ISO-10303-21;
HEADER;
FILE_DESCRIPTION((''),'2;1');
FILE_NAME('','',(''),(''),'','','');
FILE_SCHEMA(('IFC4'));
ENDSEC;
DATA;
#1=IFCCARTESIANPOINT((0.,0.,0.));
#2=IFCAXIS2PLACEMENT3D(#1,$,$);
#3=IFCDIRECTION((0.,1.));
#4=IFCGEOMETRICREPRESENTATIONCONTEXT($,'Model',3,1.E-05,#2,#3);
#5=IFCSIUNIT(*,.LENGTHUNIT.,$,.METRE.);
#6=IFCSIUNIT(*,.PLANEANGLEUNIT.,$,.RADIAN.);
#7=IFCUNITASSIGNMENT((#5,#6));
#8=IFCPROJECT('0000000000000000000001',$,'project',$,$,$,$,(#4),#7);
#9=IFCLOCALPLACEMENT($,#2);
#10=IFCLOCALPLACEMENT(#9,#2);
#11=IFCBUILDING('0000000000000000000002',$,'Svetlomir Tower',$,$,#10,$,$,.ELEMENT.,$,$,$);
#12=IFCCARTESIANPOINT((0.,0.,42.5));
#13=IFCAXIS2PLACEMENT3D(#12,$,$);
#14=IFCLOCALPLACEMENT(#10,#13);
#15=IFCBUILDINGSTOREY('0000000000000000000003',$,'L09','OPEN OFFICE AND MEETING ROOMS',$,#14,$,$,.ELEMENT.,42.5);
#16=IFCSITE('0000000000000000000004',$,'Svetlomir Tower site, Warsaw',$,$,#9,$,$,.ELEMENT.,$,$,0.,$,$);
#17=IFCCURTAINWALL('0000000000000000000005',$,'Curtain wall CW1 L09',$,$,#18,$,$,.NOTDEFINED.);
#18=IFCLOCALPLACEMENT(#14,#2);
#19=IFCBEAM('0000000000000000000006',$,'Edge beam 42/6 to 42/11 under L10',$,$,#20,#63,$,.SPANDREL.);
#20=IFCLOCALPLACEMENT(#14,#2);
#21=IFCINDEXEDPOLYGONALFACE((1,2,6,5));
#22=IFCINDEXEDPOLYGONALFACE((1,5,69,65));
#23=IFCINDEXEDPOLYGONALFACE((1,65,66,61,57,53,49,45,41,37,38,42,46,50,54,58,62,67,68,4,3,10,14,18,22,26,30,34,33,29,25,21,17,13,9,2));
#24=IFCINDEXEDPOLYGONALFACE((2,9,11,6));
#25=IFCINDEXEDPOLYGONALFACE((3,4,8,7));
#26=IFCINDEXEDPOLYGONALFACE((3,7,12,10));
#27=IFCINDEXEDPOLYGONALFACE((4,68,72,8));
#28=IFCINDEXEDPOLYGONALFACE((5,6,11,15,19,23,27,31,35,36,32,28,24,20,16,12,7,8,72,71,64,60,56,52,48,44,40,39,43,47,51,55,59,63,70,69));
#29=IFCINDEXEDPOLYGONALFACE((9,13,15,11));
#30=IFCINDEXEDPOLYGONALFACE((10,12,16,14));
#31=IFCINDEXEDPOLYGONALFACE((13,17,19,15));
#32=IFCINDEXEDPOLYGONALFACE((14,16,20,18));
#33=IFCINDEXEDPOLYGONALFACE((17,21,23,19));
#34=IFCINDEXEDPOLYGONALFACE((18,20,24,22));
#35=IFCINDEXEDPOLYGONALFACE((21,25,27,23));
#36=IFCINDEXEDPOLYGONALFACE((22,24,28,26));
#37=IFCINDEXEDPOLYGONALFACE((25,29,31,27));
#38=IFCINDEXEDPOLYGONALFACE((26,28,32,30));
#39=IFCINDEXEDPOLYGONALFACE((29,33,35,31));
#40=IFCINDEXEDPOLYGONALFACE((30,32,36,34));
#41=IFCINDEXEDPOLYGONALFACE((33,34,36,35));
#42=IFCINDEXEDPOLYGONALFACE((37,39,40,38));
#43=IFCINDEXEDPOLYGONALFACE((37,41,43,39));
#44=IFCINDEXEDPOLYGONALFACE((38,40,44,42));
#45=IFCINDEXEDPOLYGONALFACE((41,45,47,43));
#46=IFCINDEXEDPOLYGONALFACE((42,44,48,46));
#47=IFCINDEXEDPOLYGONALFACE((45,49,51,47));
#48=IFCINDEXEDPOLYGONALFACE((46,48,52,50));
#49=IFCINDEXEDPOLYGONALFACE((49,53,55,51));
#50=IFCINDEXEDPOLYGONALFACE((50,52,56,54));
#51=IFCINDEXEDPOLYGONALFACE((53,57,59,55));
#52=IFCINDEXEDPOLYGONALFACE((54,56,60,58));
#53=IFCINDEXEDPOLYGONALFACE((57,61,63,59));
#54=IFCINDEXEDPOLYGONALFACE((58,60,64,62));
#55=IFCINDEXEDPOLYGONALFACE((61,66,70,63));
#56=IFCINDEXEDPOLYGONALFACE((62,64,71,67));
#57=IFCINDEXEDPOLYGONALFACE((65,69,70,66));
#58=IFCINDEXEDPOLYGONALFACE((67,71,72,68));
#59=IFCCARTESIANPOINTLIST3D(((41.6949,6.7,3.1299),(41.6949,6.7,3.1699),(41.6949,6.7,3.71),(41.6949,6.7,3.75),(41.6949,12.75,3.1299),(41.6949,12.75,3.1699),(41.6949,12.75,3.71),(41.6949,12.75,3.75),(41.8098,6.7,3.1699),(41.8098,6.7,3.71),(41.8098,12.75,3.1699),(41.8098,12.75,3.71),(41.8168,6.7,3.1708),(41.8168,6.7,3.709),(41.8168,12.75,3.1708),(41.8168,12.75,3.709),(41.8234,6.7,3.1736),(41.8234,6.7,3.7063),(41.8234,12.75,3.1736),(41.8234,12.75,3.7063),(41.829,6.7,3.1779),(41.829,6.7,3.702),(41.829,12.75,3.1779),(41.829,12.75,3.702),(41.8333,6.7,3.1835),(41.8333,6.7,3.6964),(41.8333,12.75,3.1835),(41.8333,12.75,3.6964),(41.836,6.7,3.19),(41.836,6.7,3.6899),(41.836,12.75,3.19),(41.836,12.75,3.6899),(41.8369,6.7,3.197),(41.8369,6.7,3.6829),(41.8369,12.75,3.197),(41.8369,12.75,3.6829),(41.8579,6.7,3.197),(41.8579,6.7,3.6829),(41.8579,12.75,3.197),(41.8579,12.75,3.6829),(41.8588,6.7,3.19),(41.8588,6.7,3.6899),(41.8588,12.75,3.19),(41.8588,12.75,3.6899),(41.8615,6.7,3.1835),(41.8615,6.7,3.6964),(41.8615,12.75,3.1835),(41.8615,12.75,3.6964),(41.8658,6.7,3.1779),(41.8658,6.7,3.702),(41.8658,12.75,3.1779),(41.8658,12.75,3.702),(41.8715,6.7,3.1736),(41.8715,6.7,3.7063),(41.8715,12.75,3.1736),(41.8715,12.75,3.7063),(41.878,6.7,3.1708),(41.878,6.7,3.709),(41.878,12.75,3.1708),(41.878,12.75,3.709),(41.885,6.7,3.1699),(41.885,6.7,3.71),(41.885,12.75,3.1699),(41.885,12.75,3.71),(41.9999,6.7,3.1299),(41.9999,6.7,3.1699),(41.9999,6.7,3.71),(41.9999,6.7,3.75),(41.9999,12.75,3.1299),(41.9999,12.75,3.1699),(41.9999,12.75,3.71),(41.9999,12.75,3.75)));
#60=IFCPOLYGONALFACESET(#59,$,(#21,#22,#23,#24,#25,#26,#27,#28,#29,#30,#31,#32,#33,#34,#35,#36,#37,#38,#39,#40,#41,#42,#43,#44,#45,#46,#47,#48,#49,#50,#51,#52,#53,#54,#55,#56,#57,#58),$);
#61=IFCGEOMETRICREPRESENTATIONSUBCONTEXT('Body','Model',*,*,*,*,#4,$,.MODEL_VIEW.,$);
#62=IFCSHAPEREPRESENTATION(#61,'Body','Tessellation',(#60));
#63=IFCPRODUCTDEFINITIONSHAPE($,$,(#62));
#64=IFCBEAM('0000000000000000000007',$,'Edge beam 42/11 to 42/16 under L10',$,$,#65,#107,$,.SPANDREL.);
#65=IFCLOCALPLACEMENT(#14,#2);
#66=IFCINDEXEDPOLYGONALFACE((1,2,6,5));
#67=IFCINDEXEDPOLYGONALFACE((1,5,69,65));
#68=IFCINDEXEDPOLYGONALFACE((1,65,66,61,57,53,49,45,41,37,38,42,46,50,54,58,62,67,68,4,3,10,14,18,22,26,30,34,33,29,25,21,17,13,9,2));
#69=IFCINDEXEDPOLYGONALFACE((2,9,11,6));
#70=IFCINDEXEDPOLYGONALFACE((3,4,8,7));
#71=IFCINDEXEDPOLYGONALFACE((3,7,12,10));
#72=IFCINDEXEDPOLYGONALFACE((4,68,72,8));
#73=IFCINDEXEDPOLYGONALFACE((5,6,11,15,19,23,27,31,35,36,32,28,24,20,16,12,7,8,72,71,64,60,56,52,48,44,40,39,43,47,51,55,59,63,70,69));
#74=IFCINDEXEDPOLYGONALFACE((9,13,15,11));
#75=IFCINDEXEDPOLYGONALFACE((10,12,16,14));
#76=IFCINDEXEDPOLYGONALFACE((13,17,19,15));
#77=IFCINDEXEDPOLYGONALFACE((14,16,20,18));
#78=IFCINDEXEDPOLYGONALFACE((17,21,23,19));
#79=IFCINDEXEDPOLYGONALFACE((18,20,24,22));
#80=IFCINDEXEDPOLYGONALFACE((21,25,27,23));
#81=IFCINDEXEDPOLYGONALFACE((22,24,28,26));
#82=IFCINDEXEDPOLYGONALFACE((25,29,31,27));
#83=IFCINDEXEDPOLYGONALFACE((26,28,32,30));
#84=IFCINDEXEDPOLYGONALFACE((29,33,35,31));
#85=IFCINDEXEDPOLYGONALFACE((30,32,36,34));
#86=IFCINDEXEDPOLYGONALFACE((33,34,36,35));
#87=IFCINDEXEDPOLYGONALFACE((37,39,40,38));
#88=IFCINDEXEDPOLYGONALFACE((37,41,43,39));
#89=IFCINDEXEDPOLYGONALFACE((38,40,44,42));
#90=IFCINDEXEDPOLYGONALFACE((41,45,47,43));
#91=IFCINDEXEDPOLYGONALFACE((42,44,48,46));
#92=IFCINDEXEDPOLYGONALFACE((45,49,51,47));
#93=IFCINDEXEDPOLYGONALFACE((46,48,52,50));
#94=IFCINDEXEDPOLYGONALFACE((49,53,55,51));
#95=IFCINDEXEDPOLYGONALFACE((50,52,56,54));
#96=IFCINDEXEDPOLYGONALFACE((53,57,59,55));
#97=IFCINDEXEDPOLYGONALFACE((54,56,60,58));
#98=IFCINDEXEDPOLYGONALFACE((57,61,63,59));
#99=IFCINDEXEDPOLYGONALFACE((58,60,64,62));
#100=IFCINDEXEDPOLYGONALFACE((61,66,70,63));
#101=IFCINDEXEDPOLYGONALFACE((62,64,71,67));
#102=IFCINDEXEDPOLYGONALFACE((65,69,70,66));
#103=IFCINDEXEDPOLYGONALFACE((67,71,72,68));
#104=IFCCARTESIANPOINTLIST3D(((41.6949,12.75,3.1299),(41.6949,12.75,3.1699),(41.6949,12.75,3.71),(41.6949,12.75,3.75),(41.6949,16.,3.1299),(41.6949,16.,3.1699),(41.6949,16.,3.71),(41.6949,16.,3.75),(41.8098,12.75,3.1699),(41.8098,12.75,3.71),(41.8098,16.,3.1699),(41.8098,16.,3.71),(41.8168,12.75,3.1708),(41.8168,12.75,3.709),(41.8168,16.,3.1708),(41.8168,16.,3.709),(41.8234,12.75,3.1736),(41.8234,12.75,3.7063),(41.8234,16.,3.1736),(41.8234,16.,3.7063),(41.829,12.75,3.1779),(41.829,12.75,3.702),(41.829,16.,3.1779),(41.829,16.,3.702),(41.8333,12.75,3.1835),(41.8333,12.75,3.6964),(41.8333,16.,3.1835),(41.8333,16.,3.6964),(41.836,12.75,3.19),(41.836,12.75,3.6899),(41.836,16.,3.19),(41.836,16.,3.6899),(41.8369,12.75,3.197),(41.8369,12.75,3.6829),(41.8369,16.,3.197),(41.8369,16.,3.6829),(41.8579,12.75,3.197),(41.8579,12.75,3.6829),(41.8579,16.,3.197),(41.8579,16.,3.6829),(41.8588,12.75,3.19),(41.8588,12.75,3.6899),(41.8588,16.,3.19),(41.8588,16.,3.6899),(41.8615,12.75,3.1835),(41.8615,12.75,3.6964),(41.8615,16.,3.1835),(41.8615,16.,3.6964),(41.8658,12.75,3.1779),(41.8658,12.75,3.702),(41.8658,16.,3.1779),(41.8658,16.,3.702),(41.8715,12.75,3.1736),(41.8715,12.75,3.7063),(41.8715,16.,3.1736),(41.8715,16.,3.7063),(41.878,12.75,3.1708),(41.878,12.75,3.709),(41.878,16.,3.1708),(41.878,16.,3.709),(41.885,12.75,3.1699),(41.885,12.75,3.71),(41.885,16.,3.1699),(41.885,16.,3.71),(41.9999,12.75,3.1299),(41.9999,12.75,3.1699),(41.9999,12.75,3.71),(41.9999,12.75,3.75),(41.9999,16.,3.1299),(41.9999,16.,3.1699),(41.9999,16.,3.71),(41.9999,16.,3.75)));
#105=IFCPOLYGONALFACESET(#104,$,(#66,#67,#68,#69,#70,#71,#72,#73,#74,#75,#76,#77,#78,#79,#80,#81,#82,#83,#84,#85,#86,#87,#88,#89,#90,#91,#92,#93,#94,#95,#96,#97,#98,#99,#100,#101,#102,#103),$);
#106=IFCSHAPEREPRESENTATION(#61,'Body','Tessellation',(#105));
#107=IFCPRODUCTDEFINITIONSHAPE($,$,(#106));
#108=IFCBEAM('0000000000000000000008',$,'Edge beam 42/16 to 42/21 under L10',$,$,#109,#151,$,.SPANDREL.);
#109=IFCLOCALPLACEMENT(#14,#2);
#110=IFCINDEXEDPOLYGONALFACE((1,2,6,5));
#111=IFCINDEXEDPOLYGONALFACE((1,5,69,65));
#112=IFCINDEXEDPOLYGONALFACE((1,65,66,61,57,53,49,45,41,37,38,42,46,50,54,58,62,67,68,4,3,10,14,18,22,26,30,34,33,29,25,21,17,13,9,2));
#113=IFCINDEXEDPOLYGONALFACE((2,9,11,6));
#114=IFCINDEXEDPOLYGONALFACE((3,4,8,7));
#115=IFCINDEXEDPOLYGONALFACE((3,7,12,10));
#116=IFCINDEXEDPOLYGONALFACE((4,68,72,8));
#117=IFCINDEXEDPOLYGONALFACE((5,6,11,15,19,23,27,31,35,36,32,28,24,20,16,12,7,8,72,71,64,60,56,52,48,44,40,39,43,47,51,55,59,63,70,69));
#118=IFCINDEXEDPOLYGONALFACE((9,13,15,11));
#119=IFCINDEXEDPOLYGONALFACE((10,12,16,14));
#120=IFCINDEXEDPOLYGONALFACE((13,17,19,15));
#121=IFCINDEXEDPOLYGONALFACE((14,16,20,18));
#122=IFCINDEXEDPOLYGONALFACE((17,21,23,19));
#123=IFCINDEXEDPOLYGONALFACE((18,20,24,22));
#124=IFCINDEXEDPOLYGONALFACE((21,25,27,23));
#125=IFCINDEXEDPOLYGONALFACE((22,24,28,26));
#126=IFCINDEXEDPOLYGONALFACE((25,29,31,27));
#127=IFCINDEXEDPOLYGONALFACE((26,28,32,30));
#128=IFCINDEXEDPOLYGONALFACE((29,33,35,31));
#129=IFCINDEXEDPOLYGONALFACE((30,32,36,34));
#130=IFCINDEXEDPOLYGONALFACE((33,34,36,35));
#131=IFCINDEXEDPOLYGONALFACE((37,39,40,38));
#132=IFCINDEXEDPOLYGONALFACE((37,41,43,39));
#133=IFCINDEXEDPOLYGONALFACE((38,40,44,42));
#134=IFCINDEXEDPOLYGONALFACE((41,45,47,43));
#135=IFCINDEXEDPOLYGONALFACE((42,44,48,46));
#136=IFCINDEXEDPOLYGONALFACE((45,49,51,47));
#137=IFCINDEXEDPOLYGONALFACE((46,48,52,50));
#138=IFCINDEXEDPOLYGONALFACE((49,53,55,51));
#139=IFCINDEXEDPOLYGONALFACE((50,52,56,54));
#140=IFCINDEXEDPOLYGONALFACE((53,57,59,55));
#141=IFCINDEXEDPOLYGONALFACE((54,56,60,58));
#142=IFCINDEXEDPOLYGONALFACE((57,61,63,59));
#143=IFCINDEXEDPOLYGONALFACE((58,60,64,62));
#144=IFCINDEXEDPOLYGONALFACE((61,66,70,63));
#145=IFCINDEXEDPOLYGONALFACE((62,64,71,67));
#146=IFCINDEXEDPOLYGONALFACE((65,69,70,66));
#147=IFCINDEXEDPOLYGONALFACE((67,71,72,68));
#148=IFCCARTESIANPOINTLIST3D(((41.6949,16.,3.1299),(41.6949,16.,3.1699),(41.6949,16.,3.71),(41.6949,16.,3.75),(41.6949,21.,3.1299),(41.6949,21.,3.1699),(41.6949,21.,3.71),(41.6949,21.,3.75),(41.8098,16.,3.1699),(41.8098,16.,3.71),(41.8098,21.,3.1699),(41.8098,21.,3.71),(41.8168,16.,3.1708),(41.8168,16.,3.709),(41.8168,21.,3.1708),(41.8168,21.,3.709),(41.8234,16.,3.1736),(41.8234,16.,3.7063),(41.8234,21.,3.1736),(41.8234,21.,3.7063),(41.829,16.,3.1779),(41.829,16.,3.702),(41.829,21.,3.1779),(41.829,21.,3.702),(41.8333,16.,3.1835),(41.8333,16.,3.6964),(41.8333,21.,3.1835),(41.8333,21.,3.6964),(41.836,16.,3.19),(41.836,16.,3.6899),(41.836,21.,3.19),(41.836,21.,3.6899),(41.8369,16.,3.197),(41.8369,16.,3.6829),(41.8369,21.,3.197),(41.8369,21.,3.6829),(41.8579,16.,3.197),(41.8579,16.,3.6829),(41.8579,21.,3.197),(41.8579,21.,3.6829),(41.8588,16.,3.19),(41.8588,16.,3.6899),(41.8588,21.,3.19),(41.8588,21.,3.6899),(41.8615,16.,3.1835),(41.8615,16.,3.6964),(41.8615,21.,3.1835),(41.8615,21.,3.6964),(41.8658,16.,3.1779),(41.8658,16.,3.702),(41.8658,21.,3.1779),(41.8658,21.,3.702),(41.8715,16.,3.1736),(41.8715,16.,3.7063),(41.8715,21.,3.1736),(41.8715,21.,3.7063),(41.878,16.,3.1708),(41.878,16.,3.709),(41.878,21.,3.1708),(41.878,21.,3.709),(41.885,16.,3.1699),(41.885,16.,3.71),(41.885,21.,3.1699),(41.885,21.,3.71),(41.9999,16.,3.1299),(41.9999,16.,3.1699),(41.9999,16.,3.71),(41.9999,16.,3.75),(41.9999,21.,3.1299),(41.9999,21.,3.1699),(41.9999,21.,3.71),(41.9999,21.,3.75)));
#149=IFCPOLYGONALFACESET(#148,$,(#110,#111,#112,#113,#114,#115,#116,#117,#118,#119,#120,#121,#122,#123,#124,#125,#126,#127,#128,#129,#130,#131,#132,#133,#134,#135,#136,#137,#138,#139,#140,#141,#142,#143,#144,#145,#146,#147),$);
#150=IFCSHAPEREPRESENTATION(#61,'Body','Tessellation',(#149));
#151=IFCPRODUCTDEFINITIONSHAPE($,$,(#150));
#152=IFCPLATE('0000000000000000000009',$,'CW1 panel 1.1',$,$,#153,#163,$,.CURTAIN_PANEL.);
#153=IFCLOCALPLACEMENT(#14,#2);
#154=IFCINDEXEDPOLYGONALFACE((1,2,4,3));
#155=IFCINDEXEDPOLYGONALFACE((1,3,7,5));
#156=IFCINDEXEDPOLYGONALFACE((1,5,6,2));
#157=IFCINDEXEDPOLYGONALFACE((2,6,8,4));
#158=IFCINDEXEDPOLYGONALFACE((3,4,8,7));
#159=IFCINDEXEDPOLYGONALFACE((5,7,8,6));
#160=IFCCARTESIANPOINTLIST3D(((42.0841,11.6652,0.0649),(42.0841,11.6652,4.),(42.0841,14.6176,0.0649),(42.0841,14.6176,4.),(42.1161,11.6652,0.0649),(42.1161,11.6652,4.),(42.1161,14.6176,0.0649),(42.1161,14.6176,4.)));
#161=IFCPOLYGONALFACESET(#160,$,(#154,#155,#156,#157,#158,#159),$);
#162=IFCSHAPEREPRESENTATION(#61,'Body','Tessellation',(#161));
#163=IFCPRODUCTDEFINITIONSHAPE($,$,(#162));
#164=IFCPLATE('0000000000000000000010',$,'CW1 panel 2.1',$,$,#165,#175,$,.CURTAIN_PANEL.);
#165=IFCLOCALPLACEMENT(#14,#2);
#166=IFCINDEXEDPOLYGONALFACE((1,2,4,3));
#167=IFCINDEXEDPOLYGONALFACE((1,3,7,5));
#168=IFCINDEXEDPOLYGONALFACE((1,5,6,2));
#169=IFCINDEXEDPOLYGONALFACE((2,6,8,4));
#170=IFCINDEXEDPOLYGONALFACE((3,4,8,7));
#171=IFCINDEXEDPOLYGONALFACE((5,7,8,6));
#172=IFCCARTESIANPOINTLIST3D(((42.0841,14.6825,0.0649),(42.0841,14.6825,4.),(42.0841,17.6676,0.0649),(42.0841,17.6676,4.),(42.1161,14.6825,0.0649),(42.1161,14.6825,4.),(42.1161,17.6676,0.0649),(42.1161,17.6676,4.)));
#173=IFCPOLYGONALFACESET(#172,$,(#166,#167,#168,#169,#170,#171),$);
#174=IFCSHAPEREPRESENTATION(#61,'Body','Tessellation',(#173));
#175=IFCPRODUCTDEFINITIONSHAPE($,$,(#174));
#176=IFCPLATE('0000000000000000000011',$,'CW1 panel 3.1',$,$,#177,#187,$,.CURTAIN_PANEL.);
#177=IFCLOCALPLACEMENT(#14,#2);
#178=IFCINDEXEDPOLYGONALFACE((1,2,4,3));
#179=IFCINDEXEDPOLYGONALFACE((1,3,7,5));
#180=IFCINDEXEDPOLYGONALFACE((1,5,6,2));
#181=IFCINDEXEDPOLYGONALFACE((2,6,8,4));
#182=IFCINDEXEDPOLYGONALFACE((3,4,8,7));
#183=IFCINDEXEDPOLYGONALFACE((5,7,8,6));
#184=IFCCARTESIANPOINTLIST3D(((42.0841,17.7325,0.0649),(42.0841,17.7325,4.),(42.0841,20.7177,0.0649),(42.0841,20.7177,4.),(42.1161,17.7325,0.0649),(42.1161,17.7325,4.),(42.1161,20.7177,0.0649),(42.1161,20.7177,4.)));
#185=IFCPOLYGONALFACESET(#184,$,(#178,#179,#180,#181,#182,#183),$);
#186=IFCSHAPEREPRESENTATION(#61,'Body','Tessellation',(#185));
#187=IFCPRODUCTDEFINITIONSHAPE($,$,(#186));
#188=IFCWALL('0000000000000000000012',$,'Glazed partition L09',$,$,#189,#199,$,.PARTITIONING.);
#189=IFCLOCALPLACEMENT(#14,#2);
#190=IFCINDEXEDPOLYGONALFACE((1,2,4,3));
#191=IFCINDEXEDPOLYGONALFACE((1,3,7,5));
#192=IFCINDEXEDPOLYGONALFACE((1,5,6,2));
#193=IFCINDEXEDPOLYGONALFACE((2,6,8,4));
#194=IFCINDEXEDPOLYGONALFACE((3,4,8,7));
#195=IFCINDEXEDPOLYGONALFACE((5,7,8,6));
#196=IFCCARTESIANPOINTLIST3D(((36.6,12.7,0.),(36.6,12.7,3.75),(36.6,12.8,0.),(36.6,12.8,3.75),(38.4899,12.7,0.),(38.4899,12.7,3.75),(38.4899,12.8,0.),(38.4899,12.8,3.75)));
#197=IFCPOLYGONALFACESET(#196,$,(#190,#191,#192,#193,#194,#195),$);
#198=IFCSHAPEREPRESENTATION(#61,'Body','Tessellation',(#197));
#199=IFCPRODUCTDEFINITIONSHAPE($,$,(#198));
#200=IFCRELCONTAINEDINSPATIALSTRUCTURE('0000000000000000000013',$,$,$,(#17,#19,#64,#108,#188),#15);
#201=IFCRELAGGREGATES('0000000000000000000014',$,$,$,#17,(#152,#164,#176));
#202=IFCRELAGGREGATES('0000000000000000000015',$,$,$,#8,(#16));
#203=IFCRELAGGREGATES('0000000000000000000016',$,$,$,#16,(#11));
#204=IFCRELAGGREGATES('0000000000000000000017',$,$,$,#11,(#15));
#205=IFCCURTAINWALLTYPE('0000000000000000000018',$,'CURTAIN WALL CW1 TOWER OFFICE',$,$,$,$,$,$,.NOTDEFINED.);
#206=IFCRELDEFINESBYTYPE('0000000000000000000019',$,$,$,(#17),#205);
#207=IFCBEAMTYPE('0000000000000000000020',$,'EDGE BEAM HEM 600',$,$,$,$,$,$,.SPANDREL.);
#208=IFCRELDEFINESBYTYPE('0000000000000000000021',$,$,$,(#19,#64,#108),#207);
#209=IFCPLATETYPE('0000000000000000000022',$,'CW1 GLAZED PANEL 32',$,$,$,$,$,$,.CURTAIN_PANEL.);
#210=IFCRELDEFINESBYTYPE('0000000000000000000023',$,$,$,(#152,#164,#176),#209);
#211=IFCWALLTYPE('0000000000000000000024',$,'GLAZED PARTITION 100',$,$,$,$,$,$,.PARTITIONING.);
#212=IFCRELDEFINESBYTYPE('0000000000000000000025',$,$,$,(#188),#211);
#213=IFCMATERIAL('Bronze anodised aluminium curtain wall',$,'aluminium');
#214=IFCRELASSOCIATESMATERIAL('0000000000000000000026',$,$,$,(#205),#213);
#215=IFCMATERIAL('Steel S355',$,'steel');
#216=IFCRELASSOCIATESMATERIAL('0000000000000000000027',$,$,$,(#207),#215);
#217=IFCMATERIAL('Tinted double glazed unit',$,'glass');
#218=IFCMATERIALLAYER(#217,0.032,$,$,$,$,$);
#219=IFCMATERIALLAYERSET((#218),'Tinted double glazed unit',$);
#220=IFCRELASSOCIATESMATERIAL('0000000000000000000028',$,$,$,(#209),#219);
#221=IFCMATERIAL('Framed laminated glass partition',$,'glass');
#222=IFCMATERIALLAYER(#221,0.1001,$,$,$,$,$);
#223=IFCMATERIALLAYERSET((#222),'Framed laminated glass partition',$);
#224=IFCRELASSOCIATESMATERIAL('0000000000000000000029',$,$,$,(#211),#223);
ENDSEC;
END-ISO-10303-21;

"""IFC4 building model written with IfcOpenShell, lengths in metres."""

from ifc_helpers import new_model, si_unit, direction, frame, frame_2d, origin, origin_2d, place, context, subcontext, project, spatial, rectangle, i_section, extrude, material, layer, layer_set, material_profile, profile_set, type_object, element, aggregate, save


model = new_model("IFC4")

# Units and contexts
model_context = context("Model", 3, precision=1e-05, world=origin(), true_north=direction((0.0, 1.0)))
body_context = subcontext(model_context, "Body", "Model", "MODEL_VIEW")
ifc_project = project(units=[si_unit("LENGTHUNIT", "METRE"), si_unit("PLANEANGLEUNIT", "RADIAN")], contexts=[model_context])

# Site, building, storey
site_placement = place(None, origin())
site = spatial("IfcSite", under=ifc_project, at=site_placement, Name="Svetlomir Tower site, Warsaw", CompositionType="ELEMENT", RefElevation=0.0)
building_placement = place(site_placement, origin())
building = spatial("IfcBuilding", under=site, at=building_placement, Name="Svetlomir Tower", CompositionType="ELEMENT")
storey_placement = place(building_placement, frame((0.0, 0.0, 42.5)))
storey = spatial("IfcBuildingStorey", under=building, at=storey_placement, Name="L09", Description="OPEN OFFICE AND MEETING ROOMS", CompositionType="ELEMENT", Elevation=42.5)

# Curtain wall
ifc_material_1 = material(Name="Bronze anodised aluminium curtain wall", Category="aluminium")
curtain_wall_type = type_object("IfcCurtainWallType", Name="CURTAIN WALL CW1 TOWER OFFICE", PredefinedType="NOTDEFINED", material=ifc_material_1)
curtain_wall_1_placement = place(storey_placement, origin())
curtain_wall_1 = element("IfcCurtainWall", 1, at=curtain_wall_1_placement, inside=storey, type_object=curtain_wall_type, Name="Curtain wall CW1 L09", PredefinedType="NOTDEFINED")

# Beams
ifc_material_2 = material(Name="Steel S355", Category="steel")
ifc_material_profile_1 = material_profile(ifc_material_2, i_section(OverallWidth=0.3049, OverallDepth=0.6201, WebThickness=0.021, FlangeThickness=0.04, FilletRadius=0.0271, at=origin_2d()), Name="HEM 600")
ifc_profile_set_1 = profile_set([ifc_material_profile_1], Name="Steel S355")
beam_type_1 = type_object("IfcBeamType", Name="EDGE BEAM HEM 600", PredefinedType="SPANDREL", material=ifc_profile_set_1)
beam_1_placement = place(storey_placement, frame((41.8474, 6.7, 3.4399), z_axis=(0.0, 1.0, 0.0), x_axis=(-1.0, 0.0, 0.0)))
element("IfcBeam", 2, at=beam_1_placement, inside=storey, type_object=beam_type_1, Name="Edge beam 42/6 to 42/11 under L10", PredefinedType="SPANDREL", context=body_context, shape_type="SweptSolid", body=[
    extrude(i_section(OverallWidth=0.3049, OverallDepth=0.6201, WebThickness=0.021, FlangeThickness=0.04, FilletRadius=0.0271, at=origin_2d()), origin(), (0.0, 0.0, 1.0), 6.05),
])
beam_2_placement = place(storey_placement, frame((41.8474, 12.75, 3.4399), z_axis=(0.0, 1.0, 0.0), x_axis=(-1.0, 0.0, 0.0)))
element("IfcBeam", 3, at=beam_2_placement, inside=storey, type_object=beam_type_1, Name="Edge beam 42/11 to 42/16 under L10", PredefinedType="SPANDREL", context=body_context, shape_type="SweptSolid", body=[
    extrude(i_section(OverallWidth=0.3049, OverallDepth=0.6201, WebThickness=0.021, FlangeThickness=0.04, FilletRadius=0.0271, at=origin_2d()), origin(), (0.0, 0.0, 1.0), 3.25),
])
beam_3_placement = place(storey_placement, frame((41.8474, 16.0, 3.4399), z_axis=(0.0, 1.0, 0.0), x_axis=(-1.0, 0.0, 0.0)))
element("IfcBeam", 4, at=beam_3_placement, inside=storey, type_object=beam_type_1, Name="Edge beam 42/16 to 42/21 under L10", PredefinedType="SPANDREL", context=body_context, shape_type="SweptSolid", body=[
    extrude(i_section(OverallWidth=0.3049, OverallDepth=0.6201, WebThickness=0.021, FlangeThickness=0.04, FilletRadius=0.0271, at=origin_2d()), origin(), (0.0, 0.0, 1.0), 5.0),
])

# Plates
ifc_material_3 = material(Name="Tinted double glazed unit", Category="glass")
ifc_layer_1 = layer(ifc_material_3, 0.032)
ifc_layer_set_1 = layer_set([ifc_layer_1], Name="Tinted double glazed unit")
plate_type = type_object("IfcPlateType", Name="CW1 GLAZED PANEL 32", PredefinedType="CURTAIN_PANEL", material=ifc_layer_set_1)
plate_1_placement = place(storey_placement, frame((42.1001, 13.1414, 0.0649), z_axis=(0.0, 0.0, 1.0), x_axis=(0.0, 1.0, 0.0)))
plate_1 = element("IfcPlate", 5, at=plate_1_placement, type_object=plate_type, Name="CW1 panel 1.1", PredefinedType="CURTAIN_PANEL", context=body_context, shape_type="SweptSolid", body=[
    extrude(rectangle(XDim=2.9524, YDim=0.032, at=origin_2d()), origin(), (0.0, 0.0, 1.0), 3.9351),
])
plate_2_placement = place(storey_placement, frame((42.1001, 16.175, 0.0649), z_axis=(0.0, 0.0, 1.0), x_axis=(0.0, 1.0, 0.0)))
plate_2 = element("IfcPlate", 6, at=plate_2_placement, type_object=plate_type, Name="CW1 panel 2.1", PredefinedType="CURTAIN_PANEL", context=body_context, shape_type="SweptSolid", body=[
    extrude(rectangle(XDim=2.9851, YDim=0.032, at=origin_2d()), origin(), (0.0, 0.0, 1.0), 3.9351),
])
plate_3_placement = place(storey_placement, frame((42.1001, 19.2251, 0.0649), z_axis=(0.0, 0.0, 1.0), x_axis=(0.0, 1.0, 0.0)))
plate_3 = element("IfcPlate", 7, at=plate_3_placement, type_object=plate_type, Name="CW1 panel 3.1", PredefinedType="CURTAIN_PANEL", context=body_context, shape_type="SweptSolid", body=[
    extrude(rectangle(XDim=2.9851, YDim=0.032, at=origin_2d()), origin(), (0.0, 0.0, 1.0), 3.9351),
])
aggregate(curtain_wall_1, [plate_1, plate_2, plate_3])

# Wall
ifc_material_4 = material(Name="Framed laminated glass partition", Category="glass")
ifc_layer_2 = layer(ifc_material_4, 0.1001)
ifc_layer_set_2 = layer_set([ifc_layer_2], Name="Framed laminated glass partition")
wall_type_1 = type_object("IfcWallType", Name="GLAZED PARTITION 100", PredefinedType="PARTITIONING", material=ifc_layer_set_2)
wall_1_placement = place(storey_placement, frame((36.6001, 12.75, 0.0), z_axis=(0.0, 0.0, 1.0), x_axis=(1.0, 0.0, 0.0)))
element("IfcWall", 8, at=wall_1_placement, inside=storey, type_object=wall_type_1, Name="Glazed partition L09", PredefinedType="PARTITIONING", context=body_context, shape_type="SweptSolid", body=[
    extrude(rectangle(XDim=1.8899, YDim=0.1001, at=frame_2d((0.9448, 0.0))), origin(), (0.0, 0.0, 1.0), 3.75),
])

save(model, "model.ifc")
